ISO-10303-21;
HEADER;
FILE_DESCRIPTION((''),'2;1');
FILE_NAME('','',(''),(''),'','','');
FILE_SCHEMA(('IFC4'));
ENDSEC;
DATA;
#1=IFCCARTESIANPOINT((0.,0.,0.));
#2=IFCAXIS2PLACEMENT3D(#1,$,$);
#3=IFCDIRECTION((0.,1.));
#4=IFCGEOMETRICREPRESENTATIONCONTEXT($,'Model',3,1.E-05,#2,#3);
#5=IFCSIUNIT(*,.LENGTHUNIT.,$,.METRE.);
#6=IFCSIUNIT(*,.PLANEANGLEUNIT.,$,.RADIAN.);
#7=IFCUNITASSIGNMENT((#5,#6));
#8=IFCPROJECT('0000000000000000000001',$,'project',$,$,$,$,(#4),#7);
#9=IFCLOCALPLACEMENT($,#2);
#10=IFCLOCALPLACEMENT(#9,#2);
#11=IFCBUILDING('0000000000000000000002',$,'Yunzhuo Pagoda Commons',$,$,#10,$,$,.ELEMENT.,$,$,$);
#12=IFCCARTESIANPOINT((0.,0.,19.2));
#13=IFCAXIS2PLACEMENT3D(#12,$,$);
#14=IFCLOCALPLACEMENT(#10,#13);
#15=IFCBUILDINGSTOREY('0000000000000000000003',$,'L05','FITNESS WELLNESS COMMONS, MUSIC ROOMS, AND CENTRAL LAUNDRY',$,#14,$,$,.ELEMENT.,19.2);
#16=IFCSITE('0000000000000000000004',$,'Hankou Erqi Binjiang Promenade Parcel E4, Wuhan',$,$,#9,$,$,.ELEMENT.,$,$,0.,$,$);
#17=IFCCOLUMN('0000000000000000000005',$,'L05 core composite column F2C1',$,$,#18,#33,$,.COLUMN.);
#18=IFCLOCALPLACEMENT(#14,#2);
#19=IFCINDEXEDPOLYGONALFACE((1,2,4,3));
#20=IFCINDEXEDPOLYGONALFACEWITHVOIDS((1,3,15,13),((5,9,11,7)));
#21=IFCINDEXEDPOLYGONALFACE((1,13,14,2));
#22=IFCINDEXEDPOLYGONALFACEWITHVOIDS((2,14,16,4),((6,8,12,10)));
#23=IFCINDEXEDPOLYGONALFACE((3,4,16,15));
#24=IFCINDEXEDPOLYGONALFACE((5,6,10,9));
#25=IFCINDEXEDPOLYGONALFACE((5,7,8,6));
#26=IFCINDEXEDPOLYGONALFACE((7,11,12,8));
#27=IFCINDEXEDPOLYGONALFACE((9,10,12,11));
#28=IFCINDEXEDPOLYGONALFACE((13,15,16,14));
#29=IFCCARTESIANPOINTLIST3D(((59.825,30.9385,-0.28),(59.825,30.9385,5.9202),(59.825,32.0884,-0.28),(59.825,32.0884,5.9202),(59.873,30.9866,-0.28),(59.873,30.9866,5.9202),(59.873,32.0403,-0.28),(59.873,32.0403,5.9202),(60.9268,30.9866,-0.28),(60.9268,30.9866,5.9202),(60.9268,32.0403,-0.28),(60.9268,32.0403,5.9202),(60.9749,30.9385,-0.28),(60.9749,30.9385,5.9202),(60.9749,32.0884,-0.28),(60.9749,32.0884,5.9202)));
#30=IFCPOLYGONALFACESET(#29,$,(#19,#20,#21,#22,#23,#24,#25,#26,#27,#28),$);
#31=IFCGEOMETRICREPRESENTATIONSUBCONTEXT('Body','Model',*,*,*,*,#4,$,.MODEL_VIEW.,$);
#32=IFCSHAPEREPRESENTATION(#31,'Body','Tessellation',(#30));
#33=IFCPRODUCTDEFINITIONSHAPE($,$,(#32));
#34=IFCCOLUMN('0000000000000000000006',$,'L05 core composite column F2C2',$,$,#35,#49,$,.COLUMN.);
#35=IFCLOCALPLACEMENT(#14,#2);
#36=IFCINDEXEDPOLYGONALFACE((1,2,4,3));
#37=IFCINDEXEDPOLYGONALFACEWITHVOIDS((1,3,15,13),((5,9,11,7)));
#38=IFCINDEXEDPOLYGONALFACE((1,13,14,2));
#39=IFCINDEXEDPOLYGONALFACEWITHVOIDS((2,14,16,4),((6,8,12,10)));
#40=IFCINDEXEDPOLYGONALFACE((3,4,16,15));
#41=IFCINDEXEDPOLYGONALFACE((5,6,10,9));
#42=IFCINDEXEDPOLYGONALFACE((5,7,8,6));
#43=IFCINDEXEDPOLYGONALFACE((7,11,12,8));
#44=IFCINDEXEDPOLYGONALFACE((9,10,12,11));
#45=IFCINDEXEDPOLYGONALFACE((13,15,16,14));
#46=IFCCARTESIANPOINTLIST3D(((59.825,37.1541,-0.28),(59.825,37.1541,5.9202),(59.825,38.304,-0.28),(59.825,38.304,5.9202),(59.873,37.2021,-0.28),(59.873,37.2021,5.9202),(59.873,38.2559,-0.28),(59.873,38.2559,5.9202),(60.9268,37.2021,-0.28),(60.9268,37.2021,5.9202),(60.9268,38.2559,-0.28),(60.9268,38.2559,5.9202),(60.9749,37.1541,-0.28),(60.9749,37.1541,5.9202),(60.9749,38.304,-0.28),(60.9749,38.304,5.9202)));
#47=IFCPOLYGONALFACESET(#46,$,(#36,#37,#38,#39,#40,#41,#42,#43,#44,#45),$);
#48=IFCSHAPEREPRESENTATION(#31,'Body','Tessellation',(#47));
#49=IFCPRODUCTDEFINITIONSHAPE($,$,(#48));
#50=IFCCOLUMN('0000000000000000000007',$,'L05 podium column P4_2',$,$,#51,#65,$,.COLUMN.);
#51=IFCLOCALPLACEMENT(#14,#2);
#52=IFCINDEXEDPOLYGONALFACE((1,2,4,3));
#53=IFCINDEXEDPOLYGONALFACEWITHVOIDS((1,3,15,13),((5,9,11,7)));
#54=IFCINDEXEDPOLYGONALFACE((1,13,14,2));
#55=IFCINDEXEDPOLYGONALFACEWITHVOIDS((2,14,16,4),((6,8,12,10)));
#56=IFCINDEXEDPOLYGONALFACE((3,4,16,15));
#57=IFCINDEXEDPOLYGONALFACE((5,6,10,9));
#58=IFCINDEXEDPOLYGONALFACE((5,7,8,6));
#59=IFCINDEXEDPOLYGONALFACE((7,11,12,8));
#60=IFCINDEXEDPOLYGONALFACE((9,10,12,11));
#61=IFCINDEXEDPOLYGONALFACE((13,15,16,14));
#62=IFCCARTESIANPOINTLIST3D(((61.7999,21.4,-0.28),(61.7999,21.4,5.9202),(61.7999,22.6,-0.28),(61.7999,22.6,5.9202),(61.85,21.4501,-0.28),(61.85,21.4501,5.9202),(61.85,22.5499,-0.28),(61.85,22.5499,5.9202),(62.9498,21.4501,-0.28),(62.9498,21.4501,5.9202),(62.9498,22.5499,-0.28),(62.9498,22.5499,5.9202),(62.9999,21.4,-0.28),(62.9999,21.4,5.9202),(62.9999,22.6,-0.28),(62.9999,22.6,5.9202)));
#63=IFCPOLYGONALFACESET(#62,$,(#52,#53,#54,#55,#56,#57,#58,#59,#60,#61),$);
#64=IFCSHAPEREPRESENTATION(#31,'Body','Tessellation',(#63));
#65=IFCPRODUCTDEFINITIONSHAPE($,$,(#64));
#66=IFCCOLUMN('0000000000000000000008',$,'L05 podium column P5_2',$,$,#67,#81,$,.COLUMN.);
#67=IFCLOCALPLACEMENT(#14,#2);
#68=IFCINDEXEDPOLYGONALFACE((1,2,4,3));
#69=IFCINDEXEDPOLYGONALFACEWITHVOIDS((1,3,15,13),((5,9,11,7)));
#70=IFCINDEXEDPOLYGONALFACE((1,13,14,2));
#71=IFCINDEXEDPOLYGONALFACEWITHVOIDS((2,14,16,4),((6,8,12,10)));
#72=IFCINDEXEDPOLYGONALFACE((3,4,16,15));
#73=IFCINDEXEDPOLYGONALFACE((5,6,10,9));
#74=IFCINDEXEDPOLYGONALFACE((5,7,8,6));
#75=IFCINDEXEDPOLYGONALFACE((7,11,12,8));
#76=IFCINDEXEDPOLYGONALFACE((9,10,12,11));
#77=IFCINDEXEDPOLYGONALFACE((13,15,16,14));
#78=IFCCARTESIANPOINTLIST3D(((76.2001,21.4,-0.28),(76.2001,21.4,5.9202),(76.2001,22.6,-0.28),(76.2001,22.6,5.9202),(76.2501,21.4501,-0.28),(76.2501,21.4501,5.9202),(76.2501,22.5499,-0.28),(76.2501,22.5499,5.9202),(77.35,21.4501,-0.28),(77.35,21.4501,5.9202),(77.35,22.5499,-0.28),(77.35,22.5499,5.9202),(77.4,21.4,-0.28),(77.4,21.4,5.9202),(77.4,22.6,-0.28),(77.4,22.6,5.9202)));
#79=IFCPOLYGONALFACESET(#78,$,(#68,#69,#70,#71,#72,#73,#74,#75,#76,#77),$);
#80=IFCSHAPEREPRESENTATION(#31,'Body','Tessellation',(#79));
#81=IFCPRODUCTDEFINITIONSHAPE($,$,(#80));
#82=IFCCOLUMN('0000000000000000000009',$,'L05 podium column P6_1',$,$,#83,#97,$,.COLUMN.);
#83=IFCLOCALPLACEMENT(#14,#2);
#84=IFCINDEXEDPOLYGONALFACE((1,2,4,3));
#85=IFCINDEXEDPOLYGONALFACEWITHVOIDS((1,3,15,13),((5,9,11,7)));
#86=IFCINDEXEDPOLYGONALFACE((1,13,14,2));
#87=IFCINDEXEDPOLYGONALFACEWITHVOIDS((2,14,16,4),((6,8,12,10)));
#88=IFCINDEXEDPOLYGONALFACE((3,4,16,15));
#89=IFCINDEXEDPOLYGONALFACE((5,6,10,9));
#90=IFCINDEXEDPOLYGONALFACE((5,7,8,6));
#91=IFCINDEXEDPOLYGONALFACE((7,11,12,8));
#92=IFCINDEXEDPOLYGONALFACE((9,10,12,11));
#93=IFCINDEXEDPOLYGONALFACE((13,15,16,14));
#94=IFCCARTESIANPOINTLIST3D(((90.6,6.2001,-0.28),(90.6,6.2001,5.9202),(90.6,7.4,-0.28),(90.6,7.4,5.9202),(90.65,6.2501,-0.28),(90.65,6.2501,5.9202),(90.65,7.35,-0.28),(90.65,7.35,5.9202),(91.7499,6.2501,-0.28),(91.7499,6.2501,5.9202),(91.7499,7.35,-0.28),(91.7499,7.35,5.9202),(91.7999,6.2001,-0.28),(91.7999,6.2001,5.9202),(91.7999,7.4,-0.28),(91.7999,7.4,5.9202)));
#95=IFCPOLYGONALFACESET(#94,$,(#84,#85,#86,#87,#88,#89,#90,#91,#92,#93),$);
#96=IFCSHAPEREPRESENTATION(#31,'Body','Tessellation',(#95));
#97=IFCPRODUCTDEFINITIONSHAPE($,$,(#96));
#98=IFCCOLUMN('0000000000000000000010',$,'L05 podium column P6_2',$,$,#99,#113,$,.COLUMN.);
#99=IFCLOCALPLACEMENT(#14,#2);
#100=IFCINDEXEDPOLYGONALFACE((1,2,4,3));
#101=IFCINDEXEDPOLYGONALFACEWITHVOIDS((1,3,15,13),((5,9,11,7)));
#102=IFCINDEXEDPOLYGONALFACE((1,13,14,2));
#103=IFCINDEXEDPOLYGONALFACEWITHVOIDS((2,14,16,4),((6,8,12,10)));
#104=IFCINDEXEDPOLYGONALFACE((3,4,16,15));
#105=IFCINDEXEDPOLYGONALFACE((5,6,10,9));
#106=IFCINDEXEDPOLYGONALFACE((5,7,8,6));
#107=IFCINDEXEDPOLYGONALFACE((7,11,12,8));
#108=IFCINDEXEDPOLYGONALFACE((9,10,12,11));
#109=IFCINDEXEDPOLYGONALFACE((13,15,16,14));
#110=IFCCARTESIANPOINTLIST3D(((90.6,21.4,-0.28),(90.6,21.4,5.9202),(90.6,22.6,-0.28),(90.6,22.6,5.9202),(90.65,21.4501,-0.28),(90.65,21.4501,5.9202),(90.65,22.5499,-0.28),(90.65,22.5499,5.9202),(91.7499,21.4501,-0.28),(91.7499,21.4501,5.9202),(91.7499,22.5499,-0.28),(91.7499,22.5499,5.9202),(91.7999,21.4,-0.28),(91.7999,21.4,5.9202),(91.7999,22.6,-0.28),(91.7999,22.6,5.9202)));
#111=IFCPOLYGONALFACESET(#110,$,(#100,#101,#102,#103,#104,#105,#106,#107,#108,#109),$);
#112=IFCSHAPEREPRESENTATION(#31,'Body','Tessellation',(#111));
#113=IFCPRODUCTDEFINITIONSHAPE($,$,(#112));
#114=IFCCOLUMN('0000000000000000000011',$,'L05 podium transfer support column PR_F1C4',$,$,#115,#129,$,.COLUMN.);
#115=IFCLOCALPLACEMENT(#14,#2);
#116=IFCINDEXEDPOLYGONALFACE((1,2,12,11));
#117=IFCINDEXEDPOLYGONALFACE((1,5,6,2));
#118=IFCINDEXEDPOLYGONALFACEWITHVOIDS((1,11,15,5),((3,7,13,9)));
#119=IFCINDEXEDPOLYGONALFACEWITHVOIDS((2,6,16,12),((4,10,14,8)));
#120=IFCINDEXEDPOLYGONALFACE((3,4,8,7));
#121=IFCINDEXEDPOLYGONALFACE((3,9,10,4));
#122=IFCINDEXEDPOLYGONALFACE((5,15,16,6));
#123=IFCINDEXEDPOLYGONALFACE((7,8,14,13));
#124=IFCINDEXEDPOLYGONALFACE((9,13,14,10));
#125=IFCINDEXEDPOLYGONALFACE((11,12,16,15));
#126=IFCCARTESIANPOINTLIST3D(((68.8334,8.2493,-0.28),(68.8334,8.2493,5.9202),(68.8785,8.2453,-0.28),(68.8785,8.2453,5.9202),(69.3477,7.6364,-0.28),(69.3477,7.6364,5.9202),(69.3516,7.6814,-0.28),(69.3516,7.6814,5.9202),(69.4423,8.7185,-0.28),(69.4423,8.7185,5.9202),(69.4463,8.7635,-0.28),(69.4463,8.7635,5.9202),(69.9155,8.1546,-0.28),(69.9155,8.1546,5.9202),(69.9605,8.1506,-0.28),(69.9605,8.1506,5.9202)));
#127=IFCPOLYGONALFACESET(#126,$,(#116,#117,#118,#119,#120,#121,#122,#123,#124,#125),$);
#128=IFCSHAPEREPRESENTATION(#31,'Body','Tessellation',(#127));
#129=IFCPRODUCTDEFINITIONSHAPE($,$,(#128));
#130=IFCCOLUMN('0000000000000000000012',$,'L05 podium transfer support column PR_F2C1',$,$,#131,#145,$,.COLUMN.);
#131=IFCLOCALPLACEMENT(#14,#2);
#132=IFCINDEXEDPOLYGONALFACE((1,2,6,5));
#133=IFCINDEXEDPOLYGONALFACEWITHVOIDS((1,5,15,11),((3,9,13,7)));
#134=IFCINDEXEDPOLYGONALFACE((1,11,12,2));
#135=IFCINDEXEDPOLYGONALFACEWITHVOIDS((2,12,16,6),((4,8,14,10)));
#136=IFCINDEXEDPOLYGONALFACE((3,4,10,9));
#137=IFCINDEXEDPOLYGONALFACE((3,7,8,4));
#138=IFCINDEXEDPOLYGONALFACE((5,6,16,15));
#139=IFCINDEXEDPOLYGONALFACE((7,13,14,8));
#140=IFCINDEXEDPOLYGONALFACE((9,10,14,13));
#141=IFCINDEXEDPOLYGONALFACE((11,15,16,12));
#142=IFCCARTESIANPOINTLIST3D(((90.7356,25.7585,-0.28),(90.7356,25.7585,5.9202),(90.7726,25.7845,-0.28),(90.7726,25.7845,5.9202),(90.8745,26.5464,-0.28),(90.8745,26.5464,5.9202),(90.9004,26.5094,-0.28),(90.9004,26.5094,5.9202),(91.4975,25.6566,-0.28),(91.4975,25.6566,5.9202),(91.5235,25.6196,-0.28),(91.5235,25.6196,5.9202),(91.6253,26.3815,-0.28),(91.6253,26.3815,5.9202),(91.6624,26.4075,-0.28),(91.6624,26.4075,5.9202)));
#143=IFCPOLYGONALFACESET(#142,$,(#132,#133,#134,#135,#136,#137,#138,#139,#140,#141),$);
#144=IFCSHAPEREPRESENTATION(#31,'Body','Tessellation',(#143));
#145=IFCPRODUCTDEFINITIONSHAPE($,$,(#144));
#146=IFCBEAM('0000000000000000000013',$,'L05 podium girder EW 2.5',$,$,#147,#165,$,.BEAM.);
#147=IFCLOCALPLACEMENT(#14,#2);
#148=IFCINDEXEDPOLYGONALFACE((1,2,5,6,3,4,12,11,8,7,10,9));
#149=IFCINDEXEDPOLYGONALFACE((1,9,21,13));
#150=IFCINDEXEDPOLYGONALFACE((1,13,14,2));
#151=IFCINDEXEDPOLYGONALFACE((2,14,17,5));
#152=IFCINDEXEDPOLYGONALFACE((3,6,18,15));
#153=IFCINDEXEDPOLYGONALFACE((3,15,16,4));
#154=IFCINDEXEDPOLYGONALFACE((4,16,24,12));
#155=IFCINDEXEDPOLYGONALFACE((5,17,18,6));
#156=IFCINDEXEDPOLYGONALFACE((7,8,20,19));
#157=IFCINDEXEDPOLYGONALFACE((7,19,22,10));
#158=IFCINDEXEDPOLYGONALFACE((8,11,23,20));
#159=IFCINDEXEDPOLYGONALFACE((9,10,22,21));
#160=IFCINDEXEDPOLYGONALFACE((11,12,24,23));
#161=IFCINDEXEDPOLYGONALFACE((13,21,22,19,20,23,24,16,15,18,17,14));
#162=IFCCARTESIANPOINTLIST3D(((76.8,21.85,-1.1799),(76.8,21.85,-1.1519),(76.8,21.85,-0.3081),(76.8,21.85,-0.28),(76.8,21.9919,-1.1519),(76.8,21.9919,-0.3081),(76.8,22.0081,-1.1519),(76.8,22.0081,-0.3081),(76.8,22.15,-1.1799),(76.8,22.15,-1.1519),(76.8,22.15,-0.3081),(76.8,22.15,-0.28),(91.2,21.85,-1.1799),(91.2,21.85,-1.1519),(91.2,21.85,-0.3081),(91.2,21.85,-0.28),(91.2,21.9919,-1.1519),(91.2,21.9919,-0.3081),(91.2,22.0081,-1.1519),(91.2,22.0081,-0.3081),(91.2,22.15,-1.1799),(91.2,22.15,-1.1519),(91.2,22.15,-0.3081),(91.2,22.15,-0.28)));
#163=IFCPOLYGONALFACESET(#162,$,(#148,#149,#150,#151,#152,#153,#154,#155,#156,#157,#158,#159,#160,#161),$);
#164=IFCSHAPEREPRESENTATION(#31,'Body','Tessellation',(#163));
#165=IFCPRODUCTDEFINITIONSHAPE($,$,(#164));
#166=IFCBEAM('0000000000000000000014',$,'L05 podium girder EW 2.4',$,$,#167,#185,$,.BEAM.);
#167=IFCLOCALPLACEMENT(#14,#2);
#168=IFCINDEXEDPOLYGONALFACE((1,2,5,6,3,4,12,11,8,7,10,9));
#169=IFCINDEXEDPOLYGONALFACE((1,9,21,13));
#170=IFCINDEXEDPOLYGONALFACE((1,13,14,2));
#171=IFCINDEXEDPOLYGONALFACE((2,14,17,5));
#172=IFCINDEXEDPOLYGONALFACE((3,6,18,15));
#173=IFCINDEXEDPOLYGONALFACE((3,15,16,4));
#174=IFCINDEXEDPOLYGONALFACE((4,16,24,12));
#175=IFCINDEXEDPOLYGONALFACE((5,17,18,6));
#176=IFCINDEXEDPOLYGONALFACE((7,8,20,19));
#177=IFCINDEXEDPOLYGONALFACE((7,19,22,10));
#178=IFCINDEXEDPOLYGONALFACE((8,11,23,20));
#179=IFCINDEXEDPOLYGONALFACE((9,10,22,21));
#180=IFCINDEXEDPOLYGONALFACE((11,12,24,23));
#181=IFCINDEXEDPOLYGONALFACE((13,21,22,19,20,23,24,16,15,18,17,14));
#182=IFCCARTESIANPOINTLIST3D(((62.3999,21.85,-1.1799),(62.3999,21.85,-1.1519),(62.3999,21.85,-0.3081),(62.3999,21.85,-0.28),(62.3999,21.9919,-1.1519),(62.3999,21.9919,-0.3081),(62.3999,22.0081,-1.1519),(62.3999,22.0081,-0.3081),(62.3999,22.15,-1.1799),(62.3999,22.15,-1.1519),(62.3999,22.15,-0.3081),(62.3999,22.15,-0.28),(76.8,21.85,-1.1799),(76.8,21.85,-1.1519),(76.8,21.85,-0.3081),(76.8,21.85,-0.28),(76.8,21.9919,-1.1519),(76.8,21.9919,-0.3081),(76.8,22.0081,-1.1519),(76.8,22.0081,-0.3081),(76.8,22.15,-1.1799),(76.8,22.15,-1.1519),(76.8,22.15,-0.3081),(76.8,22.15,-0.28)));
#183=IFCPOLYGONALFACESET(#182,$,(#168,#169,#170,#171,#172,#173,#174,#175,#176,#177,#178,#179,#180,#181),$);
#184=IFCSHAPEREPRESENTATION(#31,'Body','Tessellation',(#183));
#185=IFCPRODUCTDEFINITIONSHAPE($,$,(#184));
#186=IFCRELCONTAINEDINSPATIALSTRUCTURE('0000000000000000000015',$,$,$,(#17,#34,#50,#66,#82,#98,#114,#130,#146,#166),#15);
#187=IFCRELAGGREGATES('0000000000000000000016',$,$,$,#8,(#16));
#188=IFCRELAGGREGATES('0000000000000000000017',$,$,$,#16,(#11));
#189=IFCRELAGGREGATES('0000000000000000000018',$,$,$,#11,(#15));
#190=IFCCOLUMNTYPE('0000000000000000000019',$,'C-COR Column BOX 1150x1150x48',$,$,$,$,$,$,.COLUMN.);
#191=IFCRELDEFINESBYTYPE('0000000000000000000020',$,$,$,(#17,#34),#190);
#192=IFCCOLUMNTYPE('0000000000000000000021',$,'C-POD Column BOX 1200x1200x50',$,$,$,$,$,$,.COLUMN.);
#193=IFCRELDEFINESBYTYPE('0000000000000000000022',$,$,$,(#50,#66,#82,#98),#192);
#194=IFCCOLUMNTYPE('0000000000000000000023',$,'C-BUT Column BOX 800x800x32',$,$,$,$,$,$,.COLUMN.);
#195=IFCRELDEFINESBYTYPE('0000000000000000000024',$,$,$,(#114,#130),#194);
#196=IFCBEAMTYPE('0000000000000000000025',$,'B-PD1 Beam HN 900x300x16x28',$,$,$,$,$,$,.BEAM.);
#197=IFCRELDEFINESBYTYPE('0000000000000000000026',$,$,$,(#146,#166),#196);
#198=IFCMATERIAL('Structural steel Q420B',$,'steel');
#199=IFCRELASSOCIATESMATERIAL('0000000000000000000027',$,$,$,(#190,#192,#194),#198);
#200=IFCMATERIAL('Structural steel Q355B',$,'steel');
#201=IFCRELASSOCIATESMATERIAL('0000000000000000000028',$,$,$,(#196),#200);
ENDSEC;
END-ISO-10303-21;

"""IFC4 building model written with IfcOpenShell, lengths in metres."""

from ifc_helpers import new_model, si_unit, direction, frame, origin, origin_2d, place, context, subcontext, project, spatial, hollow_rectangle, i_section, extrude, source, transform, mapped, material, material_profile, profile_set, type_object, element, save


model = new_model("IFC4")

# Units and contexts
model_context = context("Model", 3, precision=1e-05, world=origin(), true_north=direction((0.0, 1.0)))
body_context = subcontext(model_context, "Body", "Model", "MODEL_VIEW")
ifc_project = project(units=[si_unit("LENGTHUNIT", "METRE"), si_unit("PLANEANGLEUNIT", "RADIAN")], contexts=[model_context])

# Site, building, storey
site_placement = place(None, origin())
site = spatial("IfcSite", under=ifc_project, at=site_placement, Name="Hankou Erqi Binjiang Promenade Parcel E4, Wuhan", CompositionType="ELEMENT", RefElevation=0.0)
building_placement = place(site_placement, origin())
building = spatial("IfcBuilding", under=site, at=building_placement, Name="Yunzhuo Pagoda Commons", CompositionType="ELEMENT")
storey_placement = place(building_placement, frame((0.0, 0.0, 19.2)))
storey = spatial("IfcBuildingStorey", under=building, at=storey_placement, Name="L05", Description="FITNESS WELLNESS COMMONS, MUSIC ROOMS, AND CENTRAL LAUNDRY", CompositionType="ELEMENT", Elevation=19.2)

# Columns
ifc_material_1 = material(Name="Structural steel Q420B", Category="steel")
ifc_material_profile_1 = material_profile(ifc_material_1, hollow_rectangle(XDim=1.1499, YDim=1.1499, WallThickness=0.0481, at=origin_2d()), Name="Structural steel Q420B")
ifc_profile_set_1 = profile_set([ifc_material_profile_1], Name="Structural steel Q420B")
column_type_1 = type_object("IfcColumnType", Name="C-COR Column BOX 1150x1150x48", PredefinedType="COLUMN", material=ifc_profile_set_1)
shared_shape_1 = source(origin(), body_context, "Body", "SweptSolid", [
    extrude(hollow_rectangle(XDim=1.1499, YDim=1.1499, WallThickness=0.0481, at=origin_2d()), origin(), (0.0, 0.0, 1.0), 6.2002),
])
for number, where, z_axis, x_axis, name in (
    (1, (60.3999, 31.5134, -0.28), (0.0, 0.0, 1.0), (1.0, 0.0, 0.0), "L05 core composite column F2C1"),
    (2, (60.3999, 37.729, -0.28), (0.0, 0.0, 1.0), (1.0, 0.0, 0.0), "L05 core composite column F2C2"),
):
    element("IfcColumn", number, at=place(storey_placement, frame(where, z_axis=z_axis, x_axis=x_axis)), inside=storey, type_object=column_type_1, Name=name, PredefinedType="COLUMN", context=body_context, shape_type="MappedRepresentation", body=[
        mapped(shared_shape_1, transform((0.0, 0.0, 0.0), scale=1.0)),
    ])
ifc_material_profile_2 = material_profile(ifc_material_1, hollow_rectangle(XDim=1.2, YDim=1.2, WallThickness=0.05, at=origin_2d()), Name="Structural steel Q420B")
ifc_profile_set_2 = profile_set([ifc_material_profile_2], Name="Structural steel Q420B")
column_type_2 = type_object("IfcColumnType", Name="C-POD Column BOX 1200x1200x50", PredefinedType="COLUMN", material=ifc_profile_set_2)
shared_shape_2 = source(origin(), body_context, "Body", "SweptSolid", [
    extrude(hollow_rectangle(XDim=1.2, YDim=1.2, WallThickness=0.05, at=origin_2d()), origin(), (0.0, 0.0, 1.0), 6.2002),
])
for number, where, z_axis, x_axis, name in (
    (3, (62.3999, 22.0, -0.28), (0.0, 0.0, 1.0), (1.0, 0.0, 0.0), "L05 podium column P4_2"),
    (4, (76.8, 22.0, -0.28), (0.0, 0.0, 1.0), (1.0, 0.0, 0.0), "L05 podium column P5_2"),
    (5, (91.2, 6.8, -0.28), (0.0, 0.0, 1.0), (1.0, 0.0, 0.0), "L05 podium column P6_1"),
    (6, (91.2, 22.0, -0.28), (0.0, 0.0, 1.0), (1.0, 0.0, 0.0), "L05 podium column P6_2"),
):
    element("IfcColumn", number, at=place(storey_placement, frame(where, z_axis=z_axis, x_axis=x_axis)), inside=storey, type_object=column_type_2, Name=name, PredefinedType="COLUMN", context=body_context, shape_type="MappedRepresentation", body=[
        mapped(shared_shape_2, transform((0.0, 0.0, 0.0), scale=1.0)),
    ])
ifc_material_profile_3 = material_profile(ifc_material_1, hollow_rectangle(XDim=0.8, YDim=0.8, WallThickness=0.032, at=origin_2d()), Name="Structural steel Q420B")
ifc_profile_set_3 = profile_set([ifc_material_profile_3], Name="Structural steel Q420B")
column_type_3 = type_object("IfcColumnType", Name="C-BUT Column BOX 800x800x32", PredefinedType="COLUMN", material=ifc_profile_set_3)
shared_shape_3 = source(origin(), body_context, "Body", "SweptSolid", [
    extrude(hollow_rectangle(XDim=0.8, YDim=0.8, WallThickness=0.032, at=origin_2d()), origin(), (0.0, 0.0, 1.0), 6.2002),
])
for number, where, z_axis, x_axis, name in (
    (7, (69.397, 8.2, -0.28), (0.0, 0.0, 1.0), (0.766044, 0.642788, 0.0), "L05 podium transfer support column PR_F1C4"),
    (8, (91.199, 26.083, -0.28), (0.0, 0.0, 1.0), (0.173648, 0.984808, 0.0), "L05 podium transfer support column PR_F2C1"),
):
    element("IfcColumn", number, at=place(storey_placement, frame(where, z_axis=z_axis, x_axis=x_axis)), inside=storey, type_object=column_type_3, Name=name, PredefinedType="COLUMN", context=body_context, shape_type="MappedRepresentation", body=[
        mapped(shared_shape_3, transform((0.0, 0.0, 0.0), scale=1.0)),
    ])

# Beams
ifc_material_2 = material(Name="Structural steel Q355B", Category="steel")
ifc_material_profile_4 = material_profile(ifc_material_2, i_section(OverallWidth=0.3, OverallDepth=0.8999, WebThickness=0.0161, FlangeThickness=0.0281, at=origin_2d()), Name="Structural steel Q355B")
ifc_profile_set_4 = profile_set([ifc_material_profile_4], Name="Structural steel Q355B")
beam_type_1 = type_object("IfcBeamType", Name="B-PD1 Beam HN 900x300x16x28", PredefinedType="BEAM", material=ifc_profile_set_4)
shared_shape_4 = source(origin(), body_context, "Body", "SweptSolid", [
    extrude(i_section(OverallWidth=0.3, OverallDepth=0.8999, WebThickness=0.0161, FlangeThickness=0.0281, at=origin_2d()), origin(), (0.0, 0.0, 1.0), 14.3999),
])
beam_1_placement = place(storey_placement, frame((76.8, 22.0, -0.73), z_axis=(1.0, 0.0, 0.0), x_axis=(0.0, 1.0, 0.0)))
element("IfcBeam", 9, at=beam_1_placement, inside=storey, type_object=beam_type_1, Name="L05 podium girder EW 2.5", PredefinedType="BEAM", context=body_context, shape_type="MappedRepresentation", body=[
    mapped(shared_shape_4, transform((0.0, 0.0, 0.0), scale=1.0)),
])
shared_shape_5 = source(origin(), body_context, "Body", "SweptSolid", [
    extrude(i_section(OverallWidth=0.3, OverallDepth=0.8999, WebThickness=0.0161, FlangeThickness=0.0281, at=origin_2d()), origin(), (0.0, 0.0, 1.0), 14.4001),
])
beam_2_placement = place(storey_placement, frame((62.3999, 22.0, -0.73), z_axis=(1.0, 0.0, 0.0), x_axis=(0.0, 1.0, 0.0)))
element("IfcBeam", 10, at=beam_2_placement, inside=storey, type_object=beam_type_1, Name="L05 podium girder EW 2.4", PredefinedType="BEAM", context=body_context, shape_type="MappedRepresentation", body=[
    mapped(shared_shape_5, transform((0.0, 0.0, 0.0), scale=1.0)),
])

save(model, "model.ifc")
